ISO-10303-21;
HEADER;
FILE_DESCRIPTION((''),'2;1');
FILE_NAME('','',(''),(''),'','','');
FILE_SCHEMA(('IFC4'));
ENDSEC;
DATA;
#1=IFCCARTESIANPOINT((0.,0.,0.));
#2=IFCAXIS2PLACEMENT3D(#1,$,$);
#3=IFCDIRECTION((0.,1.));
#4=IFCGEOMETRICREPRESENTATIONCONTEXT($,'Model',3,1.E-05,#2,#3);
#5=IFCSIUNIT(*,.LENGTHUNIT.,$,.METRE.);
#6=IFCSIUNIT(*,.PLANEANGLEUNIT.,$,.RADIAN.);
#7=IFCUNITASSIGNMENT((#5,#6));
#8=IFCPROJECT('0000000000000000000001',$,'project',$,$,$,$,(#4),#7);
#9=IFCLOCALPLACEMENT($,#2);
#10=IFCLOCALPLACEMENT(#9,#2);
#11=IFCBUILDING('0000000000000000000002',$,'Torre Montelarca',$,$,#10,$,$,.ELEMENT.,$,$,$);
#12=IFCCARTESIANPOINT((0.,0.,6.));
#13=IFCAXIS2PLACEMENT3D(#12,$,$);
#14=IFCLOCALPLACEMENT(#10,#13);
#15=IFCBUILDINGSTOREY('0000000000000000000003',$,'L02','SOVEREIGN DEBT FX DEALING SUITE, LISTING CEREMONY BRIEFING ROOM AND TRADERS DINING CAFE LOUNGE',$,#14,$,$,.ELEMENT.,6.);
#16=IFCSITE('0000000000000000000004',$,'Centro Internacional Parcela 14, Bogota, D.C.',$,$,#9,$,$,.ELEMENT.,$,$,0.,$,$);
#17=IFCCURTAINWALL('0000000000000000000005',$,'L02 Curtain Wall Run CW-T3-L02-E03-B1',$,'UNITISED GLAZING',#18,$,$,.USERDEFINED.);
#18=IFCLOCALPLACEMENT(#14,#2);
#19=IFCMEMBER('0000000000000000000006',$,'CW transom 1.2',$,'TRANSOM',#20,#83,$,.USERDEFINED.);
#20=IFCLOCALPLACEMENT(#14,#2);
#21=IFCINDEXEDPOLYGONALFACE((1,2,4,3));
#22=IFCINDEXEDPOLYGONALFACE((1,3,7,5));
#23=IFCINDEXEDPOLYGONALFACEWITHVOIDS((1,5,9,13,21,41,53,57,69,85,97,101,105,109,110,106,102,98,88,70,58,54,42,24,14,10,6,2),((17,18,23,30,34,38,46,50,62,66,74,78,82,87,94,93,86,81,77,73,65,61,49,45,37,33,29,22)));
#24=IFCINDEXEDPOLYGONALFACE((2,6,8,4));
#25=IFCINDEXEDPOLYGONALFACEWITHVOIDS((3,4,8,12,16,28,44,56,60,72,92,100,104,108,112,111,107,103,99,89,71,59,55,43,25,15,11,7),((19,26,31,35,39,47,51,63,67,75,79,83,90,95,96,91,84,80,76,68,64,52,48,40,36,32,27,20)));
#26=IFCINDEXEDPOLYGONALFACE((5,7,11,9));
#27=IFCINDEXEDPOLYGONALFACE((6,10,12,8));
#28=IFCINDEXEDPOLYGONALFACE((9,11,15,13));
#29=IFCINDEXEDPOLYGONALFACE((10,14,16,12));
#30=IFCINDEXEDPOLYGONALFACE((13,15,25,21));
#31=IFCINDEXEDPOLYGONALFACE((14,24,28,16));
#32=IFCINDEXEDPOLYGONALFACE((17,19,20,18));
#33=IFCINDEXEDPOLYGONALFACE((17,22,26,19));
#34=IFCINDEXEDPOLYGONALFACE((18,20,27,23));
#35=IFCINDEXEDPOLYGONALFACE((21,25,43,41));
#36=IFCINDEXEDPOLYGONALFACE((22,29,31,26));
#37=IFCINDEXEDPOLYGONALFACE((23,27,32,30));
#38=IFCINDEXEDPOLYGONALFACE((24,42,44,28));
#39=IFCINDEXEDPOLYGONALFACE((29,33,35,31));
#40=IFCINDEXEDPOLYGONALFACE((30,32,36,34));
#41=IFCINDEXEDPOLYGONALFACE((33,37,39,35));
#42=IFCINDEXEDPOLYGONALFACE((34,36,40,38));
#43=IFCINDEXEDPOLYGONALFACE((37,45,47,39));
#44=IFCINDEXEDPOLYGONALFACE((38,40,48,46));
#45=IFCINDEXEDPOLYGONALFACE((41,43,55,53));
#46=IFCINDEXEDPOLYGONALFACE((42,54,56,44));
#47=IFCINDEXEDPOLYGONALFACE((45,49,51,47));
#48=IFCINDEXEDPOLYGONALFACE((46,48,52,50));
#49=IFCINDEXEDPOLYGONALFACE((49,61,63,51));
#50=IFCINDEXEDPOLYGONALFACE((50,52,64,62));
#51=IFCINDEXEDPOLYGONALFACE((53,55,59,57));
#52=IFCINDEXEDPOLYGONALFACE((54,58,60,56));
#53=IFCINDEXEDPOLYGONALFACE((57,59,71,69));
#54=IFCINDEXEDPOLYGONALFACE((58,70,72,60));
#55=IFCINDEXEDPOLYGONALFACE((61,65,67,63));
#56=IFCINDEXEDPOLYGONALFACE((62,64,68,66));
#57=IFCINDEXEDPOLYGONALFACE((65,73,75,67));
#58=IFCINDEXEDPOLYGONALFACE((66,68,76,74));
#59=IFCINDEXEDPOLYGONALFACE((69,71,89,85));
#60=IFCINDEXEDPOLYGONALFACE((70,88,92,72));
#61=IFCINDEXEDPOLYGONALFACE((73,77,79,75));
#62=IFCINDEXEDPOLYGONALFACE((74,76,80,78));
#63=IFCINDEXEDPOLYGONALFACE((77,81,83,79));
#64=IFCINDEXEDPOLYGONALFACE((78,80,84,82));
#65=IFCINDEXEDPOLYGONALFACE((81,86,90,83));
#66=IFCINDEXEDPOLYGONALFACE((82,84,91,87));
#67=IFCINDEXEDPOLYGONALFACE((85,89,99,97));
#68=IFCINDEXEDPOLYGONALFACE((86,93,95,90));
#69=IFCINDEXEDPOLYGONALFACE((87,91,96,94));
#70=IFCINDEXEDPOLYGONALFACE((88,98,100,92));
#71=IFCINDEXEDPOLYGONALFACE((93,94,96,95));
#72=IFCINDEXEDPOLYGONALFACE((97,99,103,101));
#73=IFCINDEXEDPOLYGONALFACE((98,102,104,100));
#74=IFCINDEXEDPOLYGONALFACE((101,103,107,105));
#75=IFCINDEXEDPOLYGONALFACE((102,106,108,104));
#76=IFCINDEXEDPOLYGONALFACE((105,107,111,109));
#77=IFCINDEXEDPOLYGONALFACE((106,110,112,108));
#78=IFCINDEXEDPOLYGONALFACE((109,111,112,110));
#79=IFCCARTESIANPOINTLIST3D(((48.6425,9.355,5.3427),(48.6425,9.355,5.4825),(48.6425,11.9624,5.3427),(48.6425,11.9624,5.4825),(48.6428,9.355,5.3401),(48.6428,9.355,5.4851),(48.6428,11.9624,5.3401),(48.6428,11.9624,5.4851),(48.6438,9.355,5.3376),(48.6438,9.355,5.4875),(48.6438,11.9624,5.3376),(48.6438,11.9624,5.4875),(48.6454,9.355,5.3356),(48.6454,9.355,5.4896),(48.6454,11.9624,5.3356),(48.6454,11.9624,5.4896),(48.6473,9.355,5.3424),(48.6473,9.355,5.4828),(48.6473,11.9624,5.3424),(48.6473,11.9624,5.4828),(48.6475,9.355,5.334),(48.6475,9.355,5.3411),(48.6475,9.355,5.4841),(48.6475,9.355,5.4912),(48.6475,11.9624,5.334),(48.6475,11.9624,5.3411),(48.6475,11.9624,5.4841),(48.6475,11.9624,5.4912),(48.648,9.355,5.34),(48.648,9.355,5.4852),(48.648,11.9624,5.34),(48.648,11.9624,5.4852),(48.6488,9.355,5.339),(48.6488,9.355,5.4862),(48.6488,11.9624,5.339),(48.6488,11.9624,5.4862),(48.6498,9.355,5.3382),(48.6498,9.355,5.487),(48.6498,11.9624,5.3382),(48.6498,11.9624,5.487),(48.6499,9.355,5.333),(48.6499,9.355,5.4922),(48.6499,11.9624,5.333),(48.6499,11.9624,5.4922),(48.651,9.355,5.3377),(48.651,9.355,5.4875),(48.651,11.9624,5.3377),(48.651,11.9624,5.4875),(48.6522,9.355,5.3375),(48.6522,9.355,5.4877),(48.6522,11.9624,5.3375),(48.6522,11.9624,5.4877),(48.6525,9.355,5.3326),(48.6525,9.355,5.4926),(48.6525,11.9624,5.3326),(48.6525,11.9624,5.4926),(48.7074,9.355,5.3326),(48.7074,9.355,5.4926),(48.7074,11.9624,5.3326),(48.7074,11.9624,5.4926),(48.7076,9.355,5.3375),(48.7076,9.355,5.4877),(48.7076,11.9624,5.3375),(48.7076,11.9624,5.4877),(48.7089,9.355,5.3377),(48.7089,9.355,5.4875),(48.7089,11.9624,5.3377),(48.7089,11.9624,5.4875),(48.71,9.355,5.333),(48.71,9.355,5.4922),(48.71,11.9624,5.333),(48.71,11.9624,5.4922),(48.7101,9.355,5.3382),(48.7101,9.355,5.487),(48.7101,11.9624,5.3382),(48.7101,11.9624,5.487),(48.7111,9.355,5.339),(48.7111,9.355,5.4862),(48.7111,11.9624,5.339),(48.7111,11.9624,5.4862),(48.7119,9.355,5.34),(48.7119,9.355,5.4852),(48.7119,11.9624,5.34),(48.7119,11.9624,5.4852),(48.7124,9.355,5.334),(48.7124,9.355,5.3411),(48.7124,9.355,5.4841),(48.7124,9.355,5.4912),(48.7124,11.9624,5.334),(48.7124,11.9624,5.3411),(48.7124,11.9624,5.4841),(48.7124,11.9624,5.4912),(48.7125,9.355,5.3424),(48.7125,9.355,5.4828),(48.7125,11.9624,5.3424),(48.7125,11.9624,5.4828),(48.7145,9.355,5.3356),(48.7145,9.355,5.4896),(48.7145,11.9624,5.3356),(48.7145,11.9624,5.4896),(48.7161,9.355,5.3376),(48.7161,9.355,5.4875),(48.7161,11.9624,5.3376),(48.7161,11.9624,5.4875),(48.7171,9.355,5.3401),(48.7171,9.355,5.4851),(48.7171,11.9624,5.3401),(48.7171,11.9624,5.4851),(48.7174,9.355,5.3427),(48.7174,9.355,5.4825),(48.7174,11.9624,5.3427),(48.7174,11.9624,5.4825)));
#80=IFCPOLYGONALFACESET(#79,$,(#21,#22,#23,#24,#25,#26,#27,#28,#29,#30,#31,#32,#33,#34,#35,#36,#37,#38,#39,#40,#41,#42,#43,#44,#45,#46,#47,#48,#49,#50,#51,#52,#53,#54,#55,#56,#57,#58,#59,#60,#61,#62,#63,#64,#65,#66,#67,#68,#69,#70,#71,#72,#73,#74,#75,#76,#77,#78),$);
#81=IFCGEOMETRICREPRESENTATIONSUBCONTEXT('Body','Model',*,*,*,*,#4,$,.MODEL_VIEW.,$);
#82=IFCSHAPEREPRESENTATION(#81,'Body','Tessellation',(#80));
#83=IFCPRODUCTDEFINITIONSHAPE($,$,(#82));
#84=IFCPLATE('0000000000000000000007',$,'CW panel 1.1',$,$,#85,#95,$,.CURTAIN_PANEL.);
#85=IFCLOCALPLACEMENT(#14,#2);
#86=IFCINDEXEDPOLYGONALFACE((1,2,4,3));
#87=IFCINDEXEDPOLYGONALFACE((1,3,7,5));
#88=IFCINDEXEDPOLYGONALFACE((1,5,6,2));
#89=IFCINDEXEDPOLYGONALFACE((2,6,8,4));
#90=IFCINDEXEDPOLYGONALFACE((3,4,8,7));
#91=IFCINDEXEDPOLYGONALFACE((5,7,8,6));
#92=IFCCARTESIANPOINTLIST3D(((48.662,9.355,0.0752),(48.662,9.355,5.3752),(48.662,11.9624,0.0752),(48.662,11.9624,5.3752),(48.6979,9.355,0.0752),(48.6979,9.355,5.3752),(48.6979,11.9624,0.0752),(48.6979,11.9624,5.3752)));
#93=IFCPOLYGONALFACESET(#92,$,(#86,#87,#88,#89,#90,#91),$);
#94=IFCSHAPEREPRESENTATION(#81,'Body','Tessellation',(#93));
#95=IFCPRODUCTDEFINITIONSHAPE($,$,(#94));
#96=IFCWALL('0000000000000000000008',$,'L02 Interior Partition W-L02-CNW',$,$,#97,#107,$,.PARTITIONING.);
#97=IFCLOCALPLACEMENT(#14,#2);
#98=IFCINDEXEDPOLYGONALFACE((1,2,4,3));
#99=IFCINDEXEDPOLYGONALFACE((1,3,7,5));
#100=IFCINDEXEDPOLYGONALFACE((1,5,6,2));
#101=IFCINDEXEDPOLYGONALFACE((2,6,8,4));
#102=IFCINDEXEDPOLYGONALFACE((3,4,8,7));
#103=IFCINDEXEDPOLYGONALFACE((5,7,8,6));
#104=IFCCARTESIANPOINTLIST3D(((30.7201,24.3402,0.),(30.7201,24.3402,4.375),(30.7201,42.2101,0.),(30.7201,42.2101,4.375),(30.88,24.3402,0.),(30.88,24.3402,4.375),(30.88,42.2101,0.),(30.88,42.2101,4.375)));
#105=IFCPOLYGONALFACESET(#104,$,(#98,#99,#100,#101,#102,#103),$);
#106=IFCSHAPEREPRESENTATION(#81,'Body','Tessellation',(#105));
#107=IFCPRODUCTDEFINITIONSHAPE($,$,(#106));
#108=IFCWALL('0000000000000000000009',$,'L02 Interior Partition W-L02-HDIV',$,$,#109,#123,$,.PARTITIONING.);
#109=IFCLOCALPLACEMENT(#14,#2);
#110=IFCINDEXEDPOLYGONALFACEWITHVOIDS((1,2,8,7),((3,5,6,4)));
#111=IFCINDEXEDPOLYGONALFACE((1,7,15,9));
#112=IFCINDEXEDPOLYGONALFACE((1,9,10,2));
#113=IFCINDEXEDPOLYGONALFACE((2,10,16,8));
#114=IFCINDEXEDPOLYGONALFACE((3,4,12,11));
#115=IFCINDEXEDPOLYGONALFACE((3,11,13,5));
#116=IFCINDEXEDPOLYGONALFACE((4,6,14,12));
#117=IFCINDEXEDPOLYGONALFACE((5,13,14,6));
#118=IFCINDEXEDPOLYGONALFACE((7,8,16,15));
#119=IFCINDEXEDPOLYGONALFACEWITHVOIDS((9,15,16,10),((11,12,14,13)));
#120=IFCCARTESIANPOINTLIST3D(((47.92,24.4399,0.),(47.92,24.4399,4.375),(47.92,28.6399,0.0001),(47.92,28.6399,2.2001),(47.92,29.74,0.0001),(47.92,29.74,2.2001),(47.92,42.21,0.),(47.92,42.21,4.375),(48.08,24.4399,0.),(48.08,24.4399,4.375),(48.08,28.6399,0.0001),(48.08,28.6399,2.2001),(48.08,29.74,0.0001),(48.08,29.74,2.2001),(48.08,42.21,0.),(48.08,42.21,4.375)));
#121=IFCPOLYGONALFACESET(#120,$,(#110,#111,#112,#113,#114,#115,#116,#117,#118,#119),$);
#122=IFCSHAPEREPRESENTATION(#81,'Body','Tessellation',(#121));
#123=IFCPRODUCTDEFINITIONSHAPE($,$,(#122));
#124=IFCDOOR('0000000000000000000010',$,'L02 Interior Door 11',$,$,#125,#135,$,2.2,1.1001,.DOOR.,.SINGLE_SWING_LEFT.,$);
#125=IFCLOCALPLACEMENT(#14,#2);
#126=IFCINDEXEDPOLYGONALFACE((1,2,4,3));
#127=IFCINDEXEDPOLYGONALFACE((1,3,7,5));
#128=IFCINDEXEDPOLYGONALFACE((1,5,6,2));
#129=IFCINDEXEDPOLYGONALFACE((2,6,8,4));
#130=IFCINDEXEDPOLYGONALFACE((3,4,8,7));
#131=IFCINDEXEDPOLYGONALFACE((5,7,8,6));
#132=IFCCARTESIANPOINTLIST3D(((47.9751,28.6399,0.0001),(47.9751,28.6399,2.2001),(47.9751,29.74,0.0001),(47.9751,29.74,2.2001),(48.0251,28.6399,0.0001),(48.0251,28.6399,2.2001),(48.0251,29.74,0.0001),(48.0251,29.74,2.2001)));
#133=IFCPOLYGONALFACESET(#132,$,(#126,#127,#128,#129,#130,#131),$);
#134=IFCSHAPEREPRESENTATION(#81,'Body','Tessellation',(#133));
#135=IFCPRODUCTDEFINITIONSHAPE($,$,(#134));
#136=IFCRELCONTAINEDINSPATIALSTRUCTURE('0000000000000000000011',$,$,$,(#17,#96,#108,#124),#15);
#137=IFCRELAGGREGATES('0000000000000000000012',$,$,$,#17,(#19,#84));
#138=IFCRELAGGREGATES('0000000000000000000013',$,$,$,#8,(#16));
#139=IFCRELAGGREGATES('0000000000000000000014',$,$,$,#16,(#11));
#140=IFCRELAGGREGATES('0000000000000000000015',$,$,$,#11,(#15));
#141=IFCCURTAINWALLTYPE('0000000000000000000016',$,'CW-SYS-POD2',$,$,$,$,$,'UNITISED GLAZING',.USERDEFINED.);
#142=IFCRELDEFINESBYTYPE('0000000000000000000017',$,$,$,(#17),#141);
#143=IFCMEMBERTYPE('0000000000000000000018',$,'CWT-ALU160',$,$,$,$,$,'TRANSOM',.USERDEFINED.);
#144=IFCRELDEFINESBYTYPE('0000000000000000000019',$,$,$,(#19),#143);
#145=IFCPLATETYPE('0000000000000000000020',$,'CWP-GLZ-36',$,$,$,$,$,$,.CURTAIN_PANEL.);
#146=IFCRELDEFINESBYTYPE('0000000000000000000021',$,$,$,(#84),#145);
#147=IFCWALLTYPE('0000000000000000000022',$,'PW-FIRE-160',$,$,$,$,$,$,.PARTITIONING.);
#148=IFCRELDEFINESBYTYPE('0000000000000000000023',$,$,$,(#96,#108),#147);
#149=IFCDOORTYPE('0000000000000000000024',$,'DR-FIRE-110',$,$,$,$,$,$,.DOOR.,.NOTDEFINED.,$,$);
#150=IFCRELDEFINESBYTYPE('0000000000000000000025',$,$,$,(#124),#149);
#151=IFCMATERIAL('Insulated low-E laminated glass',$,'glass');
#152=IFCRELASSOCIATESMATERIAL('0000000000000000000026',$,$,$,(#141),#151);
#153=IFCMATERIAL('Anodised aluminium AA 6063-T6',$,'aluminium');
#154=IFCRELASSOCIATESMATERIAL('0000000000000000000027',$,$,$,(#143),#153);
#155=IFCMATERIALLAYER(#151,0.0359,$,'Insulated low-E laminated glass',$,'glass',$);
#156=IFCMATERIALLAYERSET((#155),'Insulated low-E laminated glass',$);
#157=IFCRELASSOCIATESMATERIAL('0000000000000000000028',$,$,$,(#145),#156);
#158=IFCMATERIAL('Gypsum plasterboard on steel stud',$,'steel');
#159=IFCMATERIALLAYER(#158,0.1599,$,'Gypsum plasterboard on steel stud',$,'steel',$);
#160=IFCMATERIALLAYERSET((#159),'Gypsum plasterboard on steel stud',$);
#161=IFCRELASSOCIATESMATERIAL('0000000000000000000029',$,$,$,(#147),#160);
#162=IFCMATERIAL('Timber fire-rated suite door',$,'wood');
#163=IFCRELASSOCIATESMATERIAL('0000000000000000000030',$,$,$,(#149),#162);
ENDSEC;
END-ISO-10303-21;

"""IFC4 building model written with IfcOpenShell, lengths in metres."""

from ifc_helpers import new_model, si_unit, direction, frame, frame_2d, origin, origin_2d, place, context, subcontext, project, spatial, rectangle, hollow_rectangle, extrude, source, transform, mapped, material, layer, layer_set, material_profile, profile_set, type_object, element, fill, aggregate, save


model = new_model("IFC4")

# Units and contexts
model_context = context("Model", 3, precision=1e-05, world=origin(), true_north=direction((0.0, 1.0)))
body_context = subcontext(model_context, "Body", "Model", "MODEL_VIEW")
ifc_project = project(units=[si_unit("LENGTHUNIT", "METRE"), si_unit("PLANEANGLEUNIT", "RADIAN")], contexts=[model_context])

# Site, building, storey
site_placement = place(None, origin())
site = spatial("IfcSite", under=ifc_project, at=site_placement, Name="Centro Internacional Parcela 14, Bogota, D.C.", CompositionType="ELEMENT", RefElevation=0.0)
building_placement = place(site_placement, origin())
building = spatial("IfcBuilding", under=site, at=building_placement, Name="Torre Montelarca", CompositionType="ELEMENT")
storey_placement = place(building_placement, frame((0.0, 0.0, 6.0)))
storey = spatial("IfcBuildingStorey", under=building, at=storey_placement, Name="L02", Description="SOVEREIGN DEBT FX DEALING SUITE, LISTING CEREMONY BRIEFING ROOM AND TRADERS DINING CAFE LOUNGE", CompositionType="ELEMENT", Elevation=6.0)

# Curtain wall, member, plate
ifc_material_1 = material(Name="Insulated low-E laminated glass", Category="glass")
curtain_wall_type = type_object("IfcCurtainWallType", Name="CW-SYS-POD2", ElementType="UNITISED GLAZING", PredefinedType="USERDEFINED", material=ifc_material_1)
curtain_wall_placement = place(storey_placement, origin())
curtain_wall = element("IfcCurtainWall", 1, at=curtain_wall_placement, inside=storey, type_object=curtain_wall_type, Name="L02 Curtain Wall Run CW-T3-L02-E03-B1", ObjectType="UNITISED GLAZING", PredefinedType="USERDEFINED")
ifc_material_2 = material(Name="Anodised aluminium AA 6063-T6", Category="aluminium")
ifc_material_profile_1 = material_profile(ifc_material_2, hollow_rectangle(XDim=0.075, YDim=0.1599, WallThickness=0.0049, InnerFilletRadius=0.0049, OuterFilletRadius=0.01, at=origin_2d()), Name="ALU75X160X5", Category="aluminium")
ifc_profile_set_1 = profile_set([ifc_material_profile_1], Name="Anodised aluminium AA 6063-T6")
member_type_1 = type_object("IfcMemberType", Name="CWT-ALU160", ElementType="TRANSOM", PredefinedType="USERDEFINED", material=ifc_profile_set_1)
shared_shape_1 = source(origin(), body_context, "Body", "SweptSolid", [
    extrude(hollow_rectangle(XDim=0.075, YDim=0.1599, WallThickness=0.0049, InnerFilletRadius=0.0049, OuterFilletRadius=0.01, at=origin_2d()), origin(), (0.0, 0.0, 1.0), 2.6074),
])
member_1_placement = place(storey_placement, frame((48.6799, 9.355, 5.4126), z_axis=(0.0, 1.0, 0.0), x_axis=(-1.0, 0.0, 0.0)))
member_1 = element("IfcMember", 2, at=member_1_placement, type_object=member_type_1, Name="CW transom 1.2", ObjectType="TRANSOM", PredefinedType="USERDEFINED", context=body_context, shape_type="MappedRepresentation", body=[
    mapped(shared_shape_1, transform((0.0, 0.0, 0.0), scale=1.0)),
])
ifc_layer_1 = layer(ifc_material_1, 0.0359, Name="Insulated low-E laminated glass", Category="glass")
ifc_layer_set_1 = layer_set([ifc_layer_1], Name="Insulated low-E laminated glass")
plate_type = type_object("IfcPlateType", Name="CWP-GLZ-36", PredefinedType="CURTAIN_PANEL", material=ifc_layer_set_1)
shared_shape_2 = source(origin(), body_context, "Body", "SweptSolid", [
    extrude(rectangle(XDim=2.6074, YDim=0.0359, at=origin_2d()), origin(), (0.0, 0.0, 1.0), 5.3),
])
plate_placement = place(storey_placement, frame((48.6799, 10.6587, 0.0752), z_axis=(0.0, 0.0, 1.0), x_axis=(0.0, 1.0, 0.0)))
plate = element("IfcPlate", 3, at=plate_placement, type_object=plate_type, Name="CW panel 1.1", PredefinedType="CURTAIN_PANEL", context=body_context, shape_type="MappedRepresentation", body=[
    mapped(shared_shape_2, transform((0.0, 0.0, 0.0), scale=1.0)),
])
aggregate(curtain_wall, [member_1, plate])

# Wall
ifc_material_3 = material(Name="Gypsum plasterboard on steel stud", Category="steel")
ifc_layer_2 = layer(ifc_material_3, 0.1599, Name="Gypsum plasterboard on steel stud", Category="steel")
ifc_layer_set_2 = layer_set([ifc_layer_2], Name="Gypsum plasterboard on steel stud")
wall_type = type_object("IfcWallType", Name="PW-FIRE-160", PredefinedType="PARTITIONING", material=ifc_layer_set_2)
wall_1_placement = place(storey_placement, frame((30.8, 24.3401, 0.0), z_axis=(0.0, 0.0, 1.0), x_axis=(0.0, 1.0, 0.0)))
element("IfcWall", 4, at=wall_1_placement, inside=storey, type_object=wall_type, Name="L02 Interior Partition W-L02-CNW", PredefinedType="PARTITIONING", context=body_context, shape_type="SweptSolid", body=[
    extrude(rectangle(XDim=17.8699, YDim=0.1599, at=frame_2d((8.9351, 0.0))), origin(), (0.0, 0.0, 1.0), 4.375),
])

# Wall, opening, door
wall_2_placement = place(storey_placement, frame((48.0, 24.4399, 0.0), z_axis=(0.0, 0.0, 1.0), x_axis=(0.0, 1.0, 0.0)))
wall_2 = element("IfcWall", 5, at=wall_2_placement, inside=storey, type_object=wall_type, Name="L02 Interior Partition W-L02-HDIV", PredefinedType="PARTITIONING", context=body_context, shape_type="SweptSolid", body=[
    extrude(rectangle(XDim=17.77, YDim=0.1599, at=frame_2d((8.885, 0.0))), origin(), (0.0, 0.0, 1.0), 4.375),
])
opening_placement = place(wall_2_placement, frame((4.2, 0.0, 0.0)))
opening = element("IfcOpeningElement", 6, at=opening_placement, cuts=wall_2, PredefinedType="OPENING", context=body_context, shape_type="SweptSolid", body=[
    extrude(rectangle(XDim=1.1001, YDim=2.2, at=frame_2d((0.55, 1.1001))), frame((0.0, 0.0898, 0.0), z_axis=(0.0, -1.0, 0.0), x_axis=(1.0, 0.0, 0.0)), (0.0, 0.0, 1.0), 0.1799),
])
ifc_material_4 = material(Name="Timber fire-rated suite door", Category="wood")
door_type = type_object("IfcDoorType", Name="DR-FIRE-110", OperationType="NOTDEFINED", PredefinedType="DOOR", material=ifc_material_4)
shared_shape_3 = source(origin(), body_context, "Body", "SweptSolid", [
    extrude(rectangle(XDim=1.1001, YDim=2.2, at=frame_2d((0.55, 1.1001))), frame((0.0, 0.0249, 0.0), z_axis=(0.0, -1.0, 0.0), x_axis=(1.0, 0.0, 0.0)), (0.0, 0.0, 1.0), 0.05),
])
door_placement = place(opening_placement, origin())
door = element("IfcDoor", 7, at=door_placement, inside=storey, type_object=door_type, Name="L02 Interior Door 11", OperationType="SINGLE_SWING_LEFT", OverallHeight=2.2, OverallWidth=1.1001, PredefinedType="DOOR", context=body_context, shape_type="MappedRepresentation", body=[
    mapped(shared_shape_3, transform((0.0, 0.0, 0.0), scale=1.0)),
])
fill(opening, door)

save(model, "model.ifc")
